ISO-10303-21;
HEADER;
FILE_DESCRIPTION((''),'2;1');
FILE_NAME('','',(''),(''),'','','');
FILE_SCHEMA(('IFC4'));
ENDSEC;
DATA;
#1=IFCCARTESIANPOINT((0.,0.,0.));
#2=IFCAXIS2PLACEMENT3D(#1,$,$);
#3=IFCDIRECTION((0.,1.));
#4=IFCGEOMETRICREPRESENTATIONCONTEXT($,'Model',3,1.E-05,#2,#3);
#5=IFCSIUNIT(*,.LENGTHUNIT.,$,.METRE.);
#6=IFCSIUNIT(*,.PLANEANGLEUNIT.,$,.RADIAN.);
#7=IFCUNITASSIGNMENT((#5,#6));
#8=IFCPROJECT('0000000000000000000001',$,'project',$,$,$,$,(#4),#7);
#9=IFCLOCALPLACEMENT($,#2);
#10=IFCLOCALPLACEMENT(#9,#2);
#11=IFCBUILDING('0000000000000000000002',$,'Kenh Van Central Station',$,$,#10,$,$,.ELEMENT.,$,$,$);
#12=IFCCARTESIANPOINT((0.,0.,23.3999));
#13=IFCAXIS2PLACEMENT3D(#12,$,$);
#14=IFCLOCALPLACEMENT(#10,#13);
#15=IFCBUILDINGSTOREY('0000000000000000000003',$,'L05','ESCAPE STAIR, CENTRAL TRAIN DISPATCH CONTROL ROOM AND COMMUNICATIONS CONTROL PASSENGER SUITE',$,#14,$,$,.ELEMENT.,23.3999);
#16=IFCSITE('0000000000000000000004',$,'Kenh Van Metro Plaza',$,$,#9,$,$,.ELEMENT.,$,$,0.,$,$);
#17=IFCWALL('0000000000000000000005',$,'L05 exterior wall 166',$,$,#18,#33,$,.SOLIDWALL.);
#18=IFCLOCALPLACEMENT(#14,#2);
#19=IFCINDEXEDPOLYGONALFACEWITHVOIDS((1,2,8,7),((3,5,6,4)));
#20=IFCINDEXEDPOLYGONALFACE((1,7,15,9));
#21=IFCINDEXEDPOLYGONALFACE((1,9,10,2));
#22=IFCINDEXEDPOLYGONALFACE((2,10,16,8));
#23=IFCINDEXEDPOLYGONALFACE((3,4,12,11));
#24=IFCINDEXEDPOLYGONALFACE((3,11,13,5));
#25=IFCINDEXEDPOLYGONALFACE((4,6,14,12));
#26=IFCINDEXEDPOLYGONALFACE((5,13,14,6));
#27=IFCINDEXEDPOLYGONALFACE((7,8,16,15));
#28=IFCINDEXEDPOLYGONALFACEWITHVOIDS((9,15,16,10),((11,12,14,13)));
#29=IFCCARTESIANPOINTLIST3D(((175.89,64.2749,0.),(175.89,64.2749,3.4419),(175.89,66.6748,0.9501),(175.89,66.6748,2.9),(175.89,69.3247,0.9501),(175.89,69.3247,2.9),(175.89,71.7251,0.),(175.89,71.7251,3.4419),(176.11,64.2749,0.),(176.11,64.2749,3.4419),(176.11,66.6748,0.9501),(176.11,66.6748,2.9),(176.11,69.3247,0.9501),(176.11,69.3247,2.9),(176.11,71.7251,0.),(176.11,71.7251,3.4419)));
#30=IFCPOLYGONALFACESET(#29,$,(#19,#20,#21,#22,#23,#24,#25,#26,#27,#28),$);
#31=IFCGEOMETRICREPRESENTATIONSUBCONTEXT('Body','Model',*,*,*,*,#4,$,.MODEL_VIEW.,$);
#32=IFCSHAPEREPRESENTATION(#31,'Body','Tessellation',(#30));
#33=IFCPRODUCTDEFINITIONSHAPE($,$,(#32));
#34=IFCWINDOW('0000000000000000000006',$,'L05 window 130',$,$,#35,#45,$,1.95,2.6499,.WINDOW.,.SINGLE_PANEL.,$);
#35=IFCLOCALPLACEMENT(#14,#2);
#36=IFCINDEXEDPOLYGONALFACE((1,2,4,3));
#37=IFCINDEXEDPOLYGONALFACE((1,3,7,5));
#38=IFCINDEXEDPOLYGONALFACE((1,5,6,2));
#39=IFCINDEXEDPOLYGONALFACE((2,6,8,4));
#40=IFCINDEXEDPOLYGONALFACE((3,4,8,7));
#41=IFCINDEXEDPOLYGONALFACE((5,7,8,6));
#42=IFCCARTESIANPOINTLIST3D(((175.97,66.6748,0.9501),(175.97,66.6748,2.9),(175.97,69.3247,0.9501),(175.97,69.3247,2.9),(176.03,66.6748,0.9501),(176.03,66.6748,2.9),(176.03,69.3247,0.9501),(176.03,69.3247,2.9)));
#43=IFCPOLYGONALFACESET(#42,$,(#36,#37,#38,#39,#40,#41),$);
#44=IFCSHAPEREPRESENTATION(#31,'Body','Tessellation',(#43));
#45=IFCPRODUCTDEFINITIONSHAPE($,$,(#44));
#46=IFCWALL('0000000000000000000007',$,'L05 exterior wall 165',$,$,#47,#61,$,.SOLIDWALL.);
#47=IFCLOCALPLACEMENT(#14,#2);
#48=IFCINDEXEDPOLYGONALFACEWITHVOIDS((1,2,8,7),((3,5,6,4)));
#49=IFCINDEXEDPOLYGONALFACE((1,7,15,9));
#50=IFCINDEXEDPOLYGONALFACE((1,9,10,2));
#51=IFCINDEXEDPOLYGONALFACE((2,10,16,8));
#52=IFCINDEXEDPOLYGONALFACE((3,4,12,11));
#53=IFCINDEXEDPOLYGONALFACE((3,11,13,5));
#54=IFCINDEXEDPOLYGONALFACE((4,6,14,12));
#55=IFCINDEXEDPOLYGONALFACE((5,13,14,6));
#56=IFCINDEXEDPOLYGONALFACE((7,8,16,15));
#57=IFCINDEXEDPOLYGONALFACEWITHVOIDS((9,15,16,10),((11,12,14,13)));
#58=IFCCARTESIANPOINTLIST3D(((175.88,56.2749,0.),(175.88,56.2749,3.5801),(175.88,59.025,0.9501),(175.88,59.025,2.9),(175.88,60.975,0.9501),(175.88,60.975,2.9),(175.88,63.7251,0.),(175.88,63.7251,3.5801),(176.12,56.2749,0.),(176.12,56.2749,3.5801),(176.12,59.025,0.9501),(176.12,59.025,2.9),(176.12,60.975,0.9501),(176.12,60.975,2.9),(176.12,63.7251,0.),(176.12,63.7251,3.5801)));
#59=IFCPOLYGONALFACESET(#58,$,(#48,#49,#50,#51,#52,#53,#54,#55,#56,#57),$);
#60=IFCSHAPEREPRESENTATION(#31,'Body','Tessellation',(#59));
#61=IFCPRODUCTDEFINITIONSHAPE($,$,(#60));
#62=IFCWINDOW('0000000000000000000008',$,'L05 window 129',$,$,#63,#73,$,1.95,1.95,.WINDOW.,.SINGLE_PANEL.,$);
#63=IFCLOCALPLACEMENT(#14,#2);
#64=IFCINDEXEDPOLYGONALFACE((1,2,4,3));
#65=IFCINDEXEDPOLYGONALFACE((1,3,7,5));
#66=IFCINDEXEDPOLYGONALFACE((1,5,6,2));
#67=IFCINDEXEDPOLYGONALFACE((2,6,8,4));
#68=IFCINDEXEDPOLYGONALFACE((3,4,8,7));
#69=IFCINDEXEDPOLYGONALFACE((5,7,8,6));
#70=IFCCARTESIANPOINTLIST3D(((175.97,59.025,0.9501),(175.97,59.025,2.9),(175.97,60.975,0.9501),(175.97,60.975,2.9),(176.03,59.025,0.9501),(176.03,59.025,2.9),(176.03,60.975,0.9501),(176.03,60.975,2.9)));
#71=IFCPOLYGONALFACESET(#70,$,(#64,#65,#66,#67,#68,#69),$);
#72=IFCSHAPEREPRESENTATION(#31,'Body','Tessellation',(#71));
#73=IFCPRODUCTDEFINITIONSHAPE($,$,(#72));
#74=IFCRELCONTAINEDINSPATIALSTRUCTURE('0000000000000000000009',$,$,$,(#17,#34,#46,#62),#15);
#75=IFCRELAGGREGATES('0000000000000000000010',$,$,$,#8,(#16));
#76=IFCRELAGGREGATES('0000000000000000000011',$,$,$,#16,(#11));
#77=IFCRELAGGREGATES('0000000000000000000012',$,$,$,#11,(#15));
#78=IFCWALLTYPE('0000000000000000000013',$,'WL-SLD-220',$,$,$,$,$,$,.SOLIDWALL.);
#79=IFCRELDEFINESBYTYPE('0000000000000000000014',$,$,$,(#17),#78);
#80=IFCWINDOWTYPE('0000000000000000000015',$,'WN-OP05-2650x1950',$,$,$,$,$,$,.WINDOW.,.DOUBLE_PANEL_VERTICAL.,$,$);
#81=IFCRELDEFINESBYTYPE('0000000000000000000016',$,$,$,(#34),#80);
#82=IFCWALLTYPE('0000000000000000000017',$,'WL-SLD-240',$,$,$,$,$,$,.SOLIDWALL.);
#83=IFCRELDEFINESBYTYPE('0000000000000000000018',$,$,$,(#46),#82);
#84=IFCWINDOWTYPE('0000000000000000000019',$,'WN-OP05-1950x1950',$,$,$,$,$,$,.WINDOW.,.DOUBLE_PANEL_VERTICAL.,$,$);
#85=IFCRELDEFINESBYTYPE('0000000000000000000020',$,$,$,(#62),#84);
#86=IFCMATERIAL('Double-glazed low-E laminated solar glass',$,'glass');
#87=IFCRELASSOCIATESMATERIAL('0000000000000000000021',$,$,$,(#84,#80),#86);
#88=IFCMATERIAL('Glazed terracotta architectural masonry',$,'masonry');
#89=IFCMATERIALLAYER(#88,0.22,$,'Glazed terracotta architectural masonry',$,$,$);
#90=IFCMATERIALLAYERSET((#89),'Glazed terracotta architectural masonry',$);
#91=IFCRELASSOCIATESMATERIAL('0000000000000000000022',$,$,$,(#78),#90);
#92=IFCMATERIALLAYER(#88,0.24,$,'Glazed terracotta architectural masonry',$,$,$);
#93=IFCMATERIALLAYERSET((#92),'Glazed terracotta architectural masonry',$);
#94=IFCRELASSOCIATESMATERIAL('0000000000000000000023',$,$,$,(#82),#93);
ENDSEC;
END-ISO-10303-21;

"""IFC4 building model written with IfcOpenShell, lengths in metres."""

from ifc_helpers import new_model, si_unit, direction, frame, frame_2d, origin, place, context, subcontext, project, spatial, rectangle, extrude, material, layer, layer_set, type_object, element, fill, save


model = new_model("IFC4")

# Units and contexts
model_context = context("Model", 3, precision=1e-05, world=origin(), true_north=direction((0.0, 1.0)))
body_context = subcontext(model_context, "Body", "Model", "MODEL_VIEW")
ifc_project = project(units=[si_unit("LENGTHUNIT", "METRE"), si_unit("PLANEANGLEUNIT", "RADIAN")], contexts=[model_context])

# Site, building, storey
site_placement = place(None, origin())
site = spatial("IfcSite", under=ifc_project, at=site_placement, Name="Kenh Van Metro Plaza", CompositionType="ELEMENT", RefElevation=0.0)
building_placement = place(site_placement, origin())
building = spatial("IfcBuilding", under=site, at=building_placement, Name="Kenh Van Central Station", CompositionType="ELEMENT")
storey_placement = place(building_placement, frame((0.0, 0.0, 23.3999)))
storey = spatial("IfcBuildingStorey", under=building, at=storey_placement, Name="L05", Description="ESCAPE STAIR, CENTRAL TRAIN DISPATCH CONTROL ROOM AND COMMUNICATIONS CONTROL PASSENGER SUITE", CompositionType="ELEMENT", Elevation=23.3999)

# Walls, openings, windows
ifc_material_1 = material(Name="Glazed terracotta architectural masonry", Category="masonry")
ifc_material_2 = material(Name="Double-glazed low-E laminated solar glass", Category="glass")
window_type_1 = type_object("IfcWindowType", Name="WN-OP05-1950x1950", PartitioningType="DOUBLE_PANEL_VERTICAL", PredefinedType="WINDOW", material=ifc_material_2)
ifc_layer_1 = layer(ifc_material_1, 0.22, Name="Glazed terracotta architectural masonry")
ifc_layer_set_1 = layer_set([ifc_layer_1], Name="Glazed terracotta architectural masonry")
wall_type_1 = type_object("IfcWallType", Name="WL-SLD-220", PredefinedType="SOLIDWALL", material=ifc_layer_set_1)
wall_1_placement = place(storey_placement, frame((176.0, 64.2749, 0.0), z_axis=(0.0, 0.0, 1.0), x_axis=(0.0, 1.0, 0.0)))
wall_1 = element("IfcWall", 1, at=wall_1_placement, inside=storey, type_object=wall_type_1, Name="L05 exterior wall 166", PredefinedType="SOLIDWALL", context=body_context, shape_type="SweptSolid", body=[
    extrude(rectangle(XDim=7.4502, YDim=0.22, at=frame_2d((3.7251, 0.0))), origin(), (0.0, 0.0, 1.0), 3.4419),
])
opening_1_placement = place(wall_1_placement, frame((2.3999, 0.0, 0.95)))
opening_1 = element("IfcOpeningElement", 2, at=opening_1_placement, cuts=wall_1, PredefinedType="OPENING", context=body_context, shape_type="SweptSolid", body=[
    extrude(rectangle(XDim=2.6499, YDim=1.95, at=frame_2d((1.325, 0.9751))), frame((0.0, 0.1199, 0.0), z_axis=(0.0, -1.0, 0.0), x_axis=(1.0, 0.0, 0.0)), (0.0, 0.0, 1.0), 0.24),
])
window_type_2 = type_object("IfcWindowType", Name="WN-OP05-2650x1950", PartitioningType="DOUBLE_PANEL_VERTICAL", PredefinedType="WINDOW", material=ifc_material_2)
window_1_placement = place(opening_1_placement, origin())
window_1 = element("IfcWindow", 3, at=window_1_placement, inside=storey, type_object=window_type_2, Name="L05 window 130", OverallHeight=1.95, OverallWidth=2.6499, PartitioningType="SINGLE_PANEL", PredefinedType="WINDOW", context=body_context, shape_type="SweptSolid", body=[
    extrude(rectangle(XDim=2.6499, YDim=1.95, at=frame_2d((1.325, 0.9751))), frame((0.0, 0.03, 0.0), z_axis=(0.0, -1.0, 0.0), x_axis=(1.0, 0.0, 0.0)), (0.0, 0.0, 1.0), 0.0601),
])
fill(opening_1, window_1)
ifc_layer_2 = layer(ifc_material_1, 0.24, Name="Glazed terracotta architectural masonry")
ifc_layer_set_2 = layer_set([ifc_layer_2], Name="Glazed terracotta architectural masonry")
wall_type_2 = type_object("IfcWallType", Name="WL-SLD-240", PredefinedType="SOLIDWALL", material=ifc_layer_set_2)
wall_2_placement = place(storey_placement, frame((176.0, 56.2749, 0.0), z_axis=(0.0, 0.0, 1.0), x_axis=(0.0, 1.0, 0.0)))
wall_2 = element("IfcWall", 4, at=wall_2_placement, inside=storey, type_object=wall_type_2, Name="L05 exterior wall 165", PredefinedType="SOLIDWALL", context=body_context, shape_type="SweptSolid", body=[
    extrude(rectangle(XDim=7.4502, YDim=0.24, at=frame_2d((3.7251, 0.0))), origin(), (0.0, 0.0, 1.0), 3.5801),
])
opening_2_placement = place(wall_2_placement, frame((2.75, 0.0, 0.95)))
opening_2 = element("IfcOpeningElement", 5, at=opening_2_placement, cuts=wall_2, PredefinedType="OPENING", context=body_context, shape_type="SweptSolid", body=[
    extrude(rectangle(XDim=1.95, YDim=1.95, at=frame_2d((0.9751, 0.9751))), frame((0.0, 0.1299, 0.0), z_axis=(0.0, -1.0, 0.0), x_axis=(1.0, 0.0, 0.0)), (0.0, 0.0, 1.0), 0.26),
])
window_2_placement = place(opening_2_placement, origin())
window_2 = element("IfcWindow", 6, at=window_2_placement, inside=storey, type_object=window_type_1, Name="L05 window 129", OverallHeight=1.95, OverallWidth=1.95, PartitioningType="SINGLE_PANEL", PredefinedType="WINDOW", context=body_context, shape_type="SweptSolid", body=[
    extrude(rectangle(XDim=1.95, YDim=1.95, at=frame_2d((0.9751, 0.9751))), frame((0.0, 0.03, 0.0), z_axis=(0.0, -1.0, 0.0), x_axis=(1.0, 0.0, 0.0)), (0.0, 0.0, 1.0), 0.0601),
])
fill(opening_2, window_2)

save(model, "model.ifc")
